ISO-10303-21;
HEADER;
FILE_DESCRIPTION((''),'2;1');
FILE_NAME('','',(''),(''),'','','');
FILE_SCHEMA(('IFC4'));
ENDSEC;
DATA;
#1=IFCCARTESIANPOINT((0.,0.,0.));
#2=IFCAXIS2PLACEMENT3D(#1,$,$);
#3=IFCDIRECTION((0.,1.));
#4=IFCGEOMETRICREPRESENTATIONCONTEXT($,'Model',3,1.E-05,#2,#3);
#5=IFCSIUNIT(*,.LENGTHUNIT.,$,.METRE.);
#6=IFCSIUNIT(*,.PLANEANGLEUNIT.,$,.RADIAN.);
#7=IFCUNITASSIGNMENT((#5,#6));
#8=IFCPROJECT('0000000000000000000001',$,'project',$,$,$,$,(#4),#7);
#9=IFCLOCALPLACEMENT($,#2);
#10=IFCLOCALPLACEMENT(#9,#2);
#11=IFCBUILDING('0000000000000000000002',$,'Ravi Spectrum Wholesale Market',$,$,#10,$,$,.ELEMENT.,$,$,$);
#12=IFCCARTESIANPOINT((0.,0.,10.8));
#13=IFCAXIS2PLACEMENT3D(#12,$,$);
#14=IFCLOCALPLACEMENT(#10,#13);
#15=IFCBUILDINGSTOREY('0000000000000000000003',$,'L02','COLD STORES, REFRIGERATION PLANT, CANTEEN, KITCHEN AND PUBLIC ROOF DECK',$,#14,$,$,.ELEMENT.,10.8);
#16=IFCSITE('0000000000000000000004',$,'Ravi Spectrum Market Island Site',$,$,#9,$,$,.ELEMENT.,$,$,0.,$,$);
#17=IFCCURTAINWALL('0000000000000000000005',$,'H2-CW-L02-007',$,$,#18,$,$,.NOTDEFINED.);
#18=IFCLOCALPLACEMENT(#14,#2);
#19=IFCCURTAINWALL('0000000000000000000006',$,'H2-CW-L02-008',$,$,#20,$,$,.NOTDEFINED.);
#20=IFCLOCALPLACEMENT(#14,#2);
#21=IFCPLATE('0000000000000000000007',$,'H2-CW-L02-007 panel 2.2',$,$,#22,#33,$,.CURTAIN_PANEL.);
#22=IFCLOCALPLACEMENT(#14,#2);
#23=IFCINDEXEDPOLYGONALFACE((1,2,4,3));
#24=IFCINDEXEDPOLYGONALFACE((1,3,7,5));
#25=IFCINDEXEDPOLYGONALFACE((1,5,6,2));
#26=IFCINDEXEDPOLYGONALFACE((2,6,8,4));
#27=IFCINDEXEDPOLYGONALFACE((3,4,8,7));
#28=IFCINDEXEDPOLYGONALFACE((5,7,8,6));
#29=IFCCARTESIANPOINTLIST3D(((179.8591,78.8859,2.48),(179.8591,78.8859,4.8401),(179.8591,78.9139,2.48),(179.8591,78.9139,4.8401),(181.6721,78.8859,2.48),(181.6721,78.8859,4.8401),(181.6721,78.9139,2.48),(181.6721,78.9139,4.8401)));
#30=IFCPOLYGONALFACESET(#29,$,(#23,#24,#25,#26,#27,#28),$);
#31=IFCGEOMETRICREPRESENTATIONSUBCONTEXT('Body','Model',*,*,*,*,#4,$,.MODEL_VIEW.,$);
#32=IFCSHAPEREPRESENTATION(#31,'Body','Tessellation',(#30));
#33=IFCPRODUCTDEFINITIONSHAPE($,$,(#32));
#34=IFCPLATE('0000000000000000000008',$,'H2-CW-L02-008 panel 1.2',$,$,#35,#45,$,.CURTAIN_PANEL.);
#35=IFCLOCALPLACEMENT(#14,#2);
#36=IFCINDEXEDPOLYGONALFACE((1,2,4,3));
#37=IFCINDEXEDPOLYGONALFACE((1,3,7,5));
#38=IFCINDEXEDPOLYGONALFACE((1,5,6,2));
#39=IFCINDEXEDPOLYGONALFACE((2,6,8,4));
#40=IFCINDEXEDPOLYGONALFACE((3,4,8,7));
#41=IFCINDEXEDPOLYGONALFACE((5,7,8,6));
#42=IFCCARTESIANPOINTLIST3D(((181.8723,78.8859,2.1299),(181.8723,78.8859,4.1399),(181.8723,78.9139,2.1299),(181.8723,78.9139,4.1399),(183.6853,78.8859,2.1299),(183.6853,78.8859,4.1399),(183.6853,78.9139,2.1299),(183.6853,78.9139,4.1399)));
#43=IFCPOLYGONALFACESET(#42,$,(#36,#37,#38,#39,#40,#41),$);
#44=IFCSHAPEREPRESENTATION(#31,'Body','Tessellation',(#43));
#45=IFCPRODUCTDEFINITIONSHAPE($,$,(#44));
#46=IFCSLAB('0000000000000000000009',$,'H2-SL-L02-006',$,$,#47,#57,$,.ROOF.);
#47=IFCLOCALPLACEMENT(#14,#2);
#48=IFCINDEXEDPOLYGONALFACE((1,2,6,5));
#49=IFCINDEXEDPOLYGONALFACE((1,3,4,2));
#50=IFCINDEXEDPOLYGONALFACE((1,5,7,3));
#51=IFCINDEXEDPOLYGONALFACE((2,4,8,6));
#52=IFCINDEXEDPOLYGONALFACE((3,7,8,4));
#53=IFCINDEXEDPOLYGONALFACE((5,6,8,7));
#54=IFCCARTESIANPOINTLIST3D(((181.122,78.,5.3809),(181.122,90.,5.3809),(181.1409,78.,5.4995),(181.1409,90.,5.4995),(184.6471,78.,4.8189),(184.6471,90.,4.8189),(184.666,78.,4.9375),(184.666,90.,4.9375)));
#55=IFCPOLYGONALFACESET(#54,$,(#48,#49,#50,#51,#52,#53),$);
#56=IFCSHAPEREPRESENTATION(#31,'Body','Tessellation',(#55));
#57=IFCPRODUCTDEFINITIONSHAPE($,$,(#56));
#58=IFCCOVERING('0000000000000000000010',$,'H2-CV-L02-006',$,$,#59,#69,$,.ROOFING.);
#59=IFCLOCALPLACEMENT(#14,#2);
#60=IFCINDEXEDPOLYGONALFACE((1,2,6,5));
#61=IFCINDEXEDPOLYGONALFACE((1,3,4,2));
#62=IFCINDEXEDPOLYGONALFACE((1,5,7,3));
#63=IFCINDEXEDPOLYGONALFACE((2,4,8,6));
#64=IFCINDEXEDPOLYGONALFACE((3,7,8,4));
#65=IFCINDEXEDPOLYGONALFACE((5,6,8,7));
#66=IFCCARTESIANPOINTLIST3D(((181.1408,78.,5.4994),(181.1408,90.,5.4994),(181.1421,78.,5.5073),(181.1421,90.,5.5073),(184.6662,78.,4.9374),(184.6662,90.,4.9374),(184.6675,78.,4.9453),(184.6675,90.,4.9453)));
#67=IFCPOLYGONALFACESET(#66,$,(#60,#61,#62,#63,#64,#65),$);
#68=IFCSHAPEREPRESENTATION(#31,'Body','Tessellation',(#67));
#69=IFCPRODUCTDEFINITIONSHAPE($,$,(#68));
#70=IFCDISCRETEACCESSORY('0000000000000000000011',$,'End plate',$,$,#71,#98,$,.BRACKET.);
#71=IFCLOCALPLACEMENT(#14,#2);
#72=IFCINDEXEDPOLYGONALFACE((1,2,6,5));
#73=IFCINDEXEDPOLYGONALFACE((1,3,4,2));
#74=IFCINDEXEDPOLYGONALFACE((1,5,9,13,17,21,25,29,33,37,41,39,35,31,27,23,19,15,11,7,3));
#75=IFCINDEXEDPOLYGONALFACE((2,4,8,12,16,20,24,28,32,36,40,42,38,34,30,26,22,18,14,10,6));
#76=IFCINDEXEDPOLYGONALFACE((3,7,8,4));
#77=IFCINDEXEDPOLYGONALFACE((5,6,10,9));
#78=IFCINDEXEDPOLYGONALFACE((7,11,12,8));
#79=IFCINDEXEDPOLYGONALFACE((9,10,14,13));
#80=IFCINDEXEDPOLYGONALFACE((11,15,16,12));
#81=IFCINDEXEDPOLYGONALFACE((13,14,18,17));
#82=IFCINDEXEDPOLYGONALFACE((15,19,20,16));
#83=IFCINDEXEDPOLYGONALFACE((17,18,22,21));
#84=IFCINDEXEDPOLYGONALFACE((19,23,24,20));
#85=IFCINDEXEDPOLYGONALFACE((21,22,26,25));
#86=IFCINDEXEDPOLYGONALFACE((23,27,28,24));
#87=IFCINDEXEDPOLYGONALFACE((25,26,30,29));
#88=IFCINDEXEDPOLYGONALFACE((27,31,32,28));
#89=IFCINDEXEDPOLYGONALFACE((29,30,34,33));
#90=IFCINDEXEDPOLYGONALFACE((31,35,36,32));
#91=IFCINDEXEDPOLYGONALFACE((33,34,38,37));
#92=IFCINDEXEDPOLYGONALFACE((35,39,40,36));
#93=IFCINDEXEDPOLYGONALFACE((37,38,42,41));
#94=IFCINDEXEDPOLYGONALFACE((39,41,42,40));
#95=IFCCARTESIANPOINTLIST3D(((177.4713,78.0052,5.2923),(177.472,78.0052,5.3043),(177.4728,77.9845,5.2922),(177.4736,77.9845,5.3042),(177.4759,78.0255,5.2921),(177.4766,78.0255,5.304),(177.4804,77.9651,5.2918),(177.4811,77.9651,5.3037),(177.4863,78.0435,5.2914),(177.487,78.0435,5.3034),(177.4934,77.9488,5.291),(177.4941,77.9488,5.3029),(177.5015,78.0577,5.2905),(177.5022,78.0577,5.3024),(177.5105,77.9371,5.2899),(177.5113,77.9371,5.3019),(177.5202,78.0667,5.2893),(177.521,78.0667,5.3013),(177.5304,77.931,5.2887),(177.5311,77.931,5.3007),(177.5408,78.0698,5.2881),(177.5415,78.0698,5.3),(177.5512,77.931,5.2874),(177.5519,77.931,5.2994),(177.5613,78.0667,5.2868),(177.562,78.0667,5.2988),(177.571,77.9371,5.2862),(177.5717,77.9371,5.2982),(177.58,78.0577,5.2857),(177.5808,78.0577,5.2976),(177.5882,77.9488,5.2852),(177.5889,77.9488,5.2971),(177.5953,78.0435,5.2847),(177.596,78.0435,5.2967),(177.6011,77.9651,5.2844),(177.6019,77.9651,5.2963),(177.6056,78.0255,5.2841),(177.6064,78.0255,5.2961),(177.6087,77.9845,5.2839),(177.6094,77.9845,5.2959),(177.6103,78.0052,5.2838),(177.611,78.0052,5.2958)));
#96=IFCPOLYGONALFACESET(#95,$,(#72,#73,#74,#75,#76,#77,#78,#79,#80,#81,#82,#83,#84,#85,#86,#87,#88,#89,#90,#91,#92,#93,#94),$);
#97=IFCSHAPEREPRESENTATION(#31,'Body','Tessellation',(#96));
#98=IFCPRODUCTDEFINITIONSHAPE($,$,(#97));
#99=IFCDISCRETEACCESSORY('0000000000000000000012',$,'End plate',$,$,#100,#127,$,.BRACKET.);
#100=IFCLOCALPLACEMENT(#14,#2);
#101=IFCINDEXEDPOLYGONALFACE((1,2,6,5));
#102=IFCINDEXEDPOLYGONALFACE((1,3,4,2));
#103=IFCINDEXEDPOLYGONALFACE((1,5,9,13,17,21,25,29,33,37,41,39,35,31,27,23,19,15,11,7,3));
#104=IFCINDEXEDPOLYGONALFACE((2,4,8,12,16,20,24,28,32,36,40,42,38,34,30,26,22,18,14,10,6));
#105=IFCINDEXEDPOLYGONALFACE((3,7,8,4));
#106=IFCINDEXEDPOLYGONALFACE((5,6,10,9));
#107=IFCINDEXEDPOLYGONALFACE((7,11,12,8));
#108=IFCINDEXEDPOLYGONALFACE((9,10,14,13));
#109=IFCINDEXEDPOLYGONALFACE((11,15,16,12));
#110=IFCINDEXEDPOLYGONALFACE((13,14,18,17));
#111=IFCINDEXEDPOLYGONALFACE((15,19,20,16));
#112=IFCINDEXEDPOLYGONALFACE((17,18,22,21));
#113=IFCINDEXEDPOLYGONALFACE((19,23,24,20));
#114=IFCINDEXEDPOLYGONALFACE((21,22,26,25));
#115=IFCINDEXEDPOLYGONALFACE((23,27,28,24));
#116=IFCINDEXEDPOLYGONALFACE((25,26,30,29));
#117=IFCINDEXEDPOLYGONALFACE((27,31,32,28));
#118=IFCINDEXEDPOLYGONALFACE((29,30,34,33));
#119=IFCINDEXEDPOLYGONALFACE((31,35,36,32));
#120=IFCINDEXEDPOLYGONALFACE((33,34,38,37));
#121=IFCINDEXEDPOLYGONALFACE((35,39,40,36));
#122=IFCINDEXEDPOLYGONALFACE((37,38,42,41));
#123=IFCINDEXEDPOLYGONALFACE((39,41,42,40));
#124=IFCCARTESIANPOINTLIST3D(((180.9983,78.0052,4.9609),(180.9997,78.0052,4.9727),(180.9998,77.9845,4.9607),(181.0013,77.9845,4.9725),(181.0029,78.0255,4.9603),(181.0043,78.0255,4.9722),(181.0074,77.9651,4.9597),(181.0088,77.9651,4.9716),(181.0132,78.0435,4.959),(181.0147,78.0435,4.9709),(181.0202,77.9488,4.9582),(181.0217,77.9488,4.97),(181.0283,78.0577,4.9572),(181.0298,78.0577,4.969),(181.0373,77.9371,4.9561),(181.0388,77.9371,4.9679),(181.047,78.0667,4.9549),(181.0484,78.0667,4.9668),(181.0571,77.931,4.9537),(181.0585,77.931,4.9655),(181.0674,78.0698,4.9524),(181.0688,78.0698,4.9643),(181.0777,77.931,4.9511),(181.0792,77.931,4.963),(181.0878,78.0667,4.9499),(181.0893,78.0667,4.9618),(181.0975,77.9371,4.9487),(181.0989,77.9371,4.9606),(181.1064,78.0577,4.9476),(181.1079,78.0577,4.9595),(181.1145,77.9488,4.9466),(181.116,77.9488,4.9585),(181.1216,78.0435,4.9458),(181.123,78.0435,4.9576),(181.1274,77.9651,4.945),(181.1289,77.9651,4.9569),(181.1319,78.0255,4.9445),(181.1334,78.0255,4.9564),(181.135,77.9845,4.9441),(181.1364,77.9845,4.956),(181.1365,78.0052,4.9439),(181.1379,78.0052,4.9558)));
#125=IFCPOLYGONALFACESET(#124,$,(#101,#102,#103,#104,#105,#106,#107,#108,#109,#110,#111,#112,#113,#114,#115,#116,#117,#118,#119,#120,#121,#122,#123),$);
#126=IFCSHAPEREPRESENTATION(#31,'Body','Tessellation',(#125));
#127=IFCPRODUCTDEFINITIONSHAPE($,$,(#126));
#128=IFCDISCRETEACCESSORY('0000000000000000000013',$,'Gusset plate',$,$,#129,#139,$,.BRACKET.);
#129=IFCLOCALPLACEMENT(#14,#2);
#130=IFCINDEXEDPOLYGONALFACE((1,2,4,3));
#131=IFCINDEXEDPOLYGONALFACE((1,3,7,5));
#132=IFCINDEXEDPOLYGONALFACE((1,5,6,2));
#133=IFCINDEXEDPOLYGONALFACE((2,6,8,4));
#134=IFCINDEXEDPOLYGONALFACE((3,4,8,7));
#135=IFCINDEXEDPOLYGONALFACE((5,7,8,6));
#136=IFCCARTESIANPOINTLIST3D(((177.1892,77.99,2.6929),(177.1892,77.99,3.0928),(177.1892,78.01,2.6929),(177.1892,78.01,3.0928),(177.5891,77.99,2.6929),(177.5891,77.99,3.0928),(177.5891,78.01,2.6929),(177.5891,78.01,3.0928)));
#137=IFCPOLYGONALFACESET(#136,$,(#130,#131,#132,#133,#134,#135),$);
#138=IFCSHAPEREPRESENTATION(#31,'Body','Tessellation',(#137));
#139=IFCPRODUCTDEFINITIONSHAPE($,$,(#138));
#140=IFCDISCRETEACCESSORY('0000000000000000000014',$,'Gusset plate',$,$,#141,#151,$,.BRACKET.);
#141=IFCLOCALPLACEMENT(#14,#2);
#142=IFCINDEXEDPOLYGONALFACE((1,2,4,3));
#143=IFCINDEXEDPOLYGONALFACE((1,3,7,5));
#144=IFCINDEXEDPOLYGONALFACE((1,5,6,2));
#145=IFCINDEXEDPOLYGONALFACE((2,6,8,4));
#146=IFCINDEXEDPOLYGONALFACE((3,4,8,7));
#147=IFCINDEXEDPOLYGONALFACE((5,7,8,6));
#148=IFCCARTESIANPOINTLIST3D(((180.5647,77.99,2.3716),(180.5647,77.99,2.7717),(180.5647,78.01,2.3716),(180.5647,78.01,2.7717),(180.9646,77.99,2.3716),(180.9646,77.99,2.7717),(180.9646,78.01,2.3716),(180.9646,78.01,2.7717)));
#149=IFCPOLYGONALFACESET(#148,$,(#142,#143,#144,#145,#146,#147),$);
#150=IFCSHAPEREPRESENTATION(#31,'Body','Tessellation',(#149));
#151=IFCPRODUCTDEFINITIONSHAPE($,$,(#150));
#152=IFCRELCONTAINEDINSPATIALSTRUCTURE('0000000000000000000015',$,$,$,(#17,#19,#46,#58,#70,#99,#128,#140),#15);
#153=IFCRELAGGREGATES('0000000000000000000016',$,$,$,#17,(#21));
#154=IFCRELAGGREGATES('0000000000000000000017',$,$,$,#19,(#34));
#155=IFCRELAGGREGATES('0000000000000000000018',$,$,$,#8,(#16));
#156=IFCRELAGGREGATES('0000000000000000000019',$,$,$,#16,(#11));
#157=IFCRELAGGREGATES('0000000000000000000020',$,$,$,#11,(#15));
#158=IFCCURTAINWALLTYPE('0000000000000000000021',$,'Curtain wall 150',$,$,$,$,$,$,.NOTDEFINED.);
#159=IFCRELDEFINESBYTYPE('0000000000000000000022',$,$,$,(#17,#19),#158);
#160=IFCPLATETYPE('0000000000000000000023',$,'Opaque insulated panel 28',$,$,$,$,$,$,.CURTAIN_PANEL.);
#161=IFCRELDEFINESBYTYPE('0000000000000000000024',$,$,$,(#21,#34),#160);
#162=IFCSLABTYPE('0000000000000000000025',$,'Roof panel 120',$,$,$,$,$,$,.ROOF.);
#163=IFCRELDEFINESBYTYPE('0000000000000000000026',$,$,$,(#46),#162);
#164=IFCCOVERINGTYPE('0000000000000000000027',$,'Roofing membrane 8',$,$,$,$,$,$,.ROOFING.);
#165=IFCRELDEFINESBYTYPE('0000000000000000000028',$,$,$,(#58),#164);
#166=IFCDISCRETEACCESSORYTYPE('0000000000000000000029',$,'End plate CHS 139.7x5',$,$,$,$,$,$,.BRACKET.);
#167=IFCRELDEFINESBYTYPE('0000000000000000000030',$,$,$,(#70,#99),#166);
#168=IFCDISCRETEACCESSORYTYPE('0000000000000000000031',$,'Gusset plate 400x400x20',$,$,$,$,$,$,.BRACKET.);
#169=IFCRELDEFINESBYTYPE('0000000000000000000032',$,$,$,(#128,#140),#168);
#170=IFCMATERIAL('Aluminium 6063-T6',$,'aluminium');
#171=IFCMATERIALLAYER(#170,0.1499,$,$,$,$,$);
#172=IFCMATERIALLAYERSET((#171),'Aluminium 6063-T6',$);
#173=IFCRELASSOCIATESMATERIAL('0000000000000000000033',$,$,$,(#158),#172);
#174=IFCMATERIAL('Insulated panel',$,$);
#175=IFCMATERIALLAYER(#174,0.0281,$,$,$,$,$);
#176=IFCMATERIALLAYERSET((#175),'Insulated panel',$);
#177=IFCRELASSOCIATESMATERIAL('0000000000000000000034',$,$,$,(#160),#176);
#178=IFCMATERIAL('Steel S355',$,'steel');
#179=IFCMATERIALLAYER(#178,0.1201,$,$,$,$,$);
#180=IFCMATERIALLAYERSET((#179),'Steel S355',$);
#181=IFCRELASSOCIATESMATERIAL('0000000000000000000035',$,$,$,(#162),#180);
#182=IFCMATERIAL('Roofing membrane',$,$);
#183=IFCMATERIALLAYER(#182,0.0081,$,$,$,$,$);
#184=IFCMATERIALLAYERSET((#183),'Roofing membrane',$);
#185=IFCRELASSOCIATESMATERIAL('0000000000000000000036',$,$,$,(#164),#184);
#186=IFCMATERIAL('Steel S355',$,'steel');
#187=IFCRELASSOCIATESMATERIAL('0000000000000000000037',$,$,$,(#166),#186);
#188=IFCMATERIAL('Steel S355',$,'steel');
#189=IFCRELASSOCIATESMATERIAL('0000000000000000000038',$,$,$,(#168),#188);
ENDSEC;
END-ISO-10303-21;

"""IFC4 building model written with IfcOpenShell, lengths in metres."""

from ifc_helpers import new_model, si_unit, direction, frame, origin, origin_2d, place, context, subcontext, project, spatial, polyline, rectangle, circle, outline, extrude, material, layer, layer_set, material_profile, profile_set, type_object, element, aggregate, save


model = new_model("IFC4")

# Units and contexts
model_context = context("Model", 3, precision=1e-05, world=origin(), true_north=direction((0.0, 1.0)))
body_context = subcontext(model_context, "Body", "Model", "MODEL_VIEW")
ifc_project = project(units=[si_unit("LENGTHUNIT", "METRE"), si_unit("PLANEANGLEUNIT", "RADIAN")], contexts=[model_context])

# Site, building, storey
site_placement = place(None, origin())
site = spatial("IfcSite", under=ifc_project, at=site_placement, Name="Ravi Spectrum Market Island Site", CompositionType="ELEMENT", RefElevation=0.0)
building_placement = place(site_placement, origin())
building = spatial("IfcBuilding", under=site, at=building_placement, Name="Ravi Spectrum Wholesale Market", CompositionType="ELEMENT")
storey_placement = place(building_placement, frame((0.0, 0.0, 10.8)))
storey = spatial("IfcBuildingStorey", under=building, at=storey_placement, Name="L02", Description="COLD STORES, REFRIGERATION PLANT, CANTEEN, KITCHEN AND PUBLIC ROOF DECK", CompositionType="ELEMENT", Elevation=10.8)

# Shared definitions
ifc_material_1 = material(Name="Aluminium 6063-T6", Category="aluminium")
ifc_layer_1 = layer(ifc_material_1, 0.1499)
ifc_layer_set_1 = layer_set([ifc_layer_1], Name="Aluminium 6063-T6")
curtain_wall_type = type_object("IfcCurtainWallType", Name="Curtain wall 150", PredefinedType="NOTDEFINED", material=ifc_layer_set_1)

# Curtain walls
curtain_wall_1_placement = place(storey_placement, origin())
curtain_wall_1 = element("IfcCurtainWall", 1, at=curtain_wall_1_placement, inside=storey, type_object=curtain_wall_type, Name="H2-CW-L02-007", PredefinedType="NOTDEFINED")
curtain_wall_2_placement = place(storey_placement, origin())
curtain_wall_2 = element("IfcCurtainWall", 2, at=curtain_wall_2_placement, inside=storey, type_object=curtain_wall_type, Name="H2-CW-L02-008", PredefinedType="NOTDEFINED")

# Plates
ifc_material_2 = material(Name="Insulated panel")
ifc_layer_2 = layer(ifc_material_2, 0.0281)
ifc_layer_set_2 = layer_set([ifc_layer_2], Name="Insulated panel")
plate_type_1 = type_object("IfcPlateType", Name="Opaque insulated panel 28", PredefinedType="CURTAIN_PANEL", material=ifc_layer_set_2)
plate_1_placement = place(storey_placement, frame((180.7656, 78.8999, 2.48), z_axis=(0.0, 0.0, 1.0), x_axis=(1.0, 0.0, 0.0)))
plate_1 = element("IfcPlate", 3, at=plate_1_placement, type_object=plate_type_1, Name="H2-CW-L02-007 panel 2.2", PredefinedType="CURTAIN_PANEL", context=body_context, shape_type="SweptSolid", body=[
    extrude(rectangle(XDim=1.813, YDim=0.0281, at=origin_2d()), origin(), (0.0, 0.0, 1.0), 2.3601),
])
aggregate(curtain_wall_1, [plate_1])
plate_2_placement = place(storey_placement, frame((182.7788, 78.8999, 2.1299), z_axis=(0.0, 0.0, 1.0), x_axis=(1.0, 0.0, 0.0)))
plate_2 = element("IfcPlate", 4, at=plate_2_placement, type_object=plate_type_1, Name="H2-CW-L02-008 panel 1.2", PredefinedType="CURTAIN_PANEL", context=body_context, shape_type="SweptSolid", body=[
    extrude(rectangle(XDim=1.813, YDim=0.0281, at=origin_2d()), origin(), (0.0, 0.0, 1.0), 2.01),
])
aggregate(curtain_wall_2, [plate_2])

# Slab
ifc_material_3 = material(Name="Steel S355", Category="steel")
ifc_layer_3 = layer(ifc_material_3, 0.1201)
ifc_layer_set_3 = layer_set([ifc_layer_3], Name="Steel S355")
slab_type = type_object("IfcSlabType", Name="Roof panel 120", PredefinedType="ROOF", material=ifc_layer_set_3)
slab_placement = place(storey_placement, frame((181.1409, 78.0, 5.4995), z_axis=(0.157441, 0.0, 0.987528), x_axis=(0.987528, 0.0, -0.157441)))
element("IfcSlab", 5, at=slab_placement, inside=storey, type_object=slab_type, Name="H2-SL-L02-006", PredefinedType="ROOF", context=body_context, shape_type="SweptSolid", body=[
    extrude(outline(polyline([(0.0, 0.0), (3.5697, 0.0), (3.5697, 12.0), (0.0, 12.0), (0.0, 0.0)])), origin(), (0.0, 0.0, -1.0), 0.1201),
])

# Covering
ifc_material_4 = material(Name="Roofing membrane")
ifc_layer_4 = layer(ifc_material_4, 0.0081)
ifc_layer_set_4 = layer_set([ifc_layer_4], Name="Roofing membrane")
covering_type = type_object("IfcCoveringType", Name="Roofing membrane 8", PredefinedType="ROOFING", material=ifc_layer_set_4)
covering_placement = place(storey_placement, frame((181.1421, 78.0, 5.5073), z_axis=(0.15743, 0.0, 0.98753), x_axis=(0.98753, 0.0, -0.15743)))
element("IfcCovering", 6, at=covering_placement, inside=storey, type_object=covering_type, Name="H2-CV-L02-006", PredefinedType="ROOFING", context=body_context, shape_type="SweptSolid", body=[
    extrude(outline(polyline([(0.0, 0.0), (3.5699, 0.0), (3.5699, 12.0), (0.0, 12.0), (0.0, 0.0)])), origin(), (0.0, 0.0, -1.0), 0.0081),
])

# Discrete accessories
ifc_material_5 = material(Name="Steel S355", Category="steel")
ifc_material_profile_1 = material_profile(ifc_material_5, circle(Radius=0.0698, at=origin_2d()))
ifc_profile_set_1 = profile_set([ifc_material_profile_1], Name="Steel S355")
discrete_accessory_type_1 = type_object("IfcDiscreteAccessoryType", Name="End plate CHS 139.7x5", PredefinedType="BRACKET", material=ifc_profile_set_1)
for number, where, z_axis, x_axis, name in (
    (7, (177.5408, 78.0, 5.2881), (0.06111, 0.0, 0.998131), (0.0, 1.0, 0.0), "End plate"),
    (8, (181.0674, 78.0, 4.9524), (0.121541, 0.0, 0.992586), (0.0, 1.0, 0.0), "End plate"),
):
    element("IfcDiscreteAccessory", number, at=place(storey_placement, frame(where, z_axis=z_axis, x_axis=x_axis)), inside=storey, type_object=discrete_accessory_type_1, Name=name, PredefinedType="BRACKET", context=body_context, shape_type="SweptSolid", body=[
        extrude(circle(Radius=0.0698, at=origin_2d()), origin(), (0.0, 0.0, 1.0), 0.012),
    ])
ifc_material_6 = material(Name="Steel S355", Category="steel")
ifc_material_profile_2 = material_profile(ifc_material_6, rectangle(XDim=0.3999, YDim=0.02, at=origin_2d()))
ifc_profile_set_2 = profile_set([ifc_material_profile_2], Name="Steel S355")
discrete_accessory_type_2 = type_object("IfcDiscreteAccessoryType", Name="Gusset plate 400x400x20", PredefinedType="BRACKET", material=ifc_profile_set_2)
discrete_accessory_1_placement = place(storey_placement, frame((177.3892, 78.0, 2.6929), z_axis=(0.0, 0.0, 1.0), x_axis=(-1.0, 0.0, 0.0)))
element("IfcDiscreteAccessory", 9, at=discrete_accessory_1_placement, inside=storey, type_object=discrete_accessory_type_2, Name="Gusset plate", PredefinedType="BRACKET", context=body_context, shape_type="SweptSolid", body=[
    extrude(rectangle(XDim=0.3999, YDim=0.02, at=origin_2d()), origin(), (0.0, 0.0, 1.0), 0.3999),
])
discrete_accessory_2_placement = place(storey_placement, frame((180.7646, 78.0, 2.3716), z_axis=(0.0, 0.0, 1.0), x_axis=(-1.0, 0.0, 0.0)))
element("IfcDiscreteAccessory", 10, at=discrete_accessory_2_placement, inside=storey, type_object=discrete_accessory_type_2, Name="Gusset plate", PredefinedType="BRACKET", context=body_context, shape_type="SweptSolid", body=[
    extrude(rectangle(XDim=0.3999, YDim=0.02, at=origin_2d()), origin(), (0.0, 0.0, 1.0), 0.4001),
])

save(model, "model.ifc")
